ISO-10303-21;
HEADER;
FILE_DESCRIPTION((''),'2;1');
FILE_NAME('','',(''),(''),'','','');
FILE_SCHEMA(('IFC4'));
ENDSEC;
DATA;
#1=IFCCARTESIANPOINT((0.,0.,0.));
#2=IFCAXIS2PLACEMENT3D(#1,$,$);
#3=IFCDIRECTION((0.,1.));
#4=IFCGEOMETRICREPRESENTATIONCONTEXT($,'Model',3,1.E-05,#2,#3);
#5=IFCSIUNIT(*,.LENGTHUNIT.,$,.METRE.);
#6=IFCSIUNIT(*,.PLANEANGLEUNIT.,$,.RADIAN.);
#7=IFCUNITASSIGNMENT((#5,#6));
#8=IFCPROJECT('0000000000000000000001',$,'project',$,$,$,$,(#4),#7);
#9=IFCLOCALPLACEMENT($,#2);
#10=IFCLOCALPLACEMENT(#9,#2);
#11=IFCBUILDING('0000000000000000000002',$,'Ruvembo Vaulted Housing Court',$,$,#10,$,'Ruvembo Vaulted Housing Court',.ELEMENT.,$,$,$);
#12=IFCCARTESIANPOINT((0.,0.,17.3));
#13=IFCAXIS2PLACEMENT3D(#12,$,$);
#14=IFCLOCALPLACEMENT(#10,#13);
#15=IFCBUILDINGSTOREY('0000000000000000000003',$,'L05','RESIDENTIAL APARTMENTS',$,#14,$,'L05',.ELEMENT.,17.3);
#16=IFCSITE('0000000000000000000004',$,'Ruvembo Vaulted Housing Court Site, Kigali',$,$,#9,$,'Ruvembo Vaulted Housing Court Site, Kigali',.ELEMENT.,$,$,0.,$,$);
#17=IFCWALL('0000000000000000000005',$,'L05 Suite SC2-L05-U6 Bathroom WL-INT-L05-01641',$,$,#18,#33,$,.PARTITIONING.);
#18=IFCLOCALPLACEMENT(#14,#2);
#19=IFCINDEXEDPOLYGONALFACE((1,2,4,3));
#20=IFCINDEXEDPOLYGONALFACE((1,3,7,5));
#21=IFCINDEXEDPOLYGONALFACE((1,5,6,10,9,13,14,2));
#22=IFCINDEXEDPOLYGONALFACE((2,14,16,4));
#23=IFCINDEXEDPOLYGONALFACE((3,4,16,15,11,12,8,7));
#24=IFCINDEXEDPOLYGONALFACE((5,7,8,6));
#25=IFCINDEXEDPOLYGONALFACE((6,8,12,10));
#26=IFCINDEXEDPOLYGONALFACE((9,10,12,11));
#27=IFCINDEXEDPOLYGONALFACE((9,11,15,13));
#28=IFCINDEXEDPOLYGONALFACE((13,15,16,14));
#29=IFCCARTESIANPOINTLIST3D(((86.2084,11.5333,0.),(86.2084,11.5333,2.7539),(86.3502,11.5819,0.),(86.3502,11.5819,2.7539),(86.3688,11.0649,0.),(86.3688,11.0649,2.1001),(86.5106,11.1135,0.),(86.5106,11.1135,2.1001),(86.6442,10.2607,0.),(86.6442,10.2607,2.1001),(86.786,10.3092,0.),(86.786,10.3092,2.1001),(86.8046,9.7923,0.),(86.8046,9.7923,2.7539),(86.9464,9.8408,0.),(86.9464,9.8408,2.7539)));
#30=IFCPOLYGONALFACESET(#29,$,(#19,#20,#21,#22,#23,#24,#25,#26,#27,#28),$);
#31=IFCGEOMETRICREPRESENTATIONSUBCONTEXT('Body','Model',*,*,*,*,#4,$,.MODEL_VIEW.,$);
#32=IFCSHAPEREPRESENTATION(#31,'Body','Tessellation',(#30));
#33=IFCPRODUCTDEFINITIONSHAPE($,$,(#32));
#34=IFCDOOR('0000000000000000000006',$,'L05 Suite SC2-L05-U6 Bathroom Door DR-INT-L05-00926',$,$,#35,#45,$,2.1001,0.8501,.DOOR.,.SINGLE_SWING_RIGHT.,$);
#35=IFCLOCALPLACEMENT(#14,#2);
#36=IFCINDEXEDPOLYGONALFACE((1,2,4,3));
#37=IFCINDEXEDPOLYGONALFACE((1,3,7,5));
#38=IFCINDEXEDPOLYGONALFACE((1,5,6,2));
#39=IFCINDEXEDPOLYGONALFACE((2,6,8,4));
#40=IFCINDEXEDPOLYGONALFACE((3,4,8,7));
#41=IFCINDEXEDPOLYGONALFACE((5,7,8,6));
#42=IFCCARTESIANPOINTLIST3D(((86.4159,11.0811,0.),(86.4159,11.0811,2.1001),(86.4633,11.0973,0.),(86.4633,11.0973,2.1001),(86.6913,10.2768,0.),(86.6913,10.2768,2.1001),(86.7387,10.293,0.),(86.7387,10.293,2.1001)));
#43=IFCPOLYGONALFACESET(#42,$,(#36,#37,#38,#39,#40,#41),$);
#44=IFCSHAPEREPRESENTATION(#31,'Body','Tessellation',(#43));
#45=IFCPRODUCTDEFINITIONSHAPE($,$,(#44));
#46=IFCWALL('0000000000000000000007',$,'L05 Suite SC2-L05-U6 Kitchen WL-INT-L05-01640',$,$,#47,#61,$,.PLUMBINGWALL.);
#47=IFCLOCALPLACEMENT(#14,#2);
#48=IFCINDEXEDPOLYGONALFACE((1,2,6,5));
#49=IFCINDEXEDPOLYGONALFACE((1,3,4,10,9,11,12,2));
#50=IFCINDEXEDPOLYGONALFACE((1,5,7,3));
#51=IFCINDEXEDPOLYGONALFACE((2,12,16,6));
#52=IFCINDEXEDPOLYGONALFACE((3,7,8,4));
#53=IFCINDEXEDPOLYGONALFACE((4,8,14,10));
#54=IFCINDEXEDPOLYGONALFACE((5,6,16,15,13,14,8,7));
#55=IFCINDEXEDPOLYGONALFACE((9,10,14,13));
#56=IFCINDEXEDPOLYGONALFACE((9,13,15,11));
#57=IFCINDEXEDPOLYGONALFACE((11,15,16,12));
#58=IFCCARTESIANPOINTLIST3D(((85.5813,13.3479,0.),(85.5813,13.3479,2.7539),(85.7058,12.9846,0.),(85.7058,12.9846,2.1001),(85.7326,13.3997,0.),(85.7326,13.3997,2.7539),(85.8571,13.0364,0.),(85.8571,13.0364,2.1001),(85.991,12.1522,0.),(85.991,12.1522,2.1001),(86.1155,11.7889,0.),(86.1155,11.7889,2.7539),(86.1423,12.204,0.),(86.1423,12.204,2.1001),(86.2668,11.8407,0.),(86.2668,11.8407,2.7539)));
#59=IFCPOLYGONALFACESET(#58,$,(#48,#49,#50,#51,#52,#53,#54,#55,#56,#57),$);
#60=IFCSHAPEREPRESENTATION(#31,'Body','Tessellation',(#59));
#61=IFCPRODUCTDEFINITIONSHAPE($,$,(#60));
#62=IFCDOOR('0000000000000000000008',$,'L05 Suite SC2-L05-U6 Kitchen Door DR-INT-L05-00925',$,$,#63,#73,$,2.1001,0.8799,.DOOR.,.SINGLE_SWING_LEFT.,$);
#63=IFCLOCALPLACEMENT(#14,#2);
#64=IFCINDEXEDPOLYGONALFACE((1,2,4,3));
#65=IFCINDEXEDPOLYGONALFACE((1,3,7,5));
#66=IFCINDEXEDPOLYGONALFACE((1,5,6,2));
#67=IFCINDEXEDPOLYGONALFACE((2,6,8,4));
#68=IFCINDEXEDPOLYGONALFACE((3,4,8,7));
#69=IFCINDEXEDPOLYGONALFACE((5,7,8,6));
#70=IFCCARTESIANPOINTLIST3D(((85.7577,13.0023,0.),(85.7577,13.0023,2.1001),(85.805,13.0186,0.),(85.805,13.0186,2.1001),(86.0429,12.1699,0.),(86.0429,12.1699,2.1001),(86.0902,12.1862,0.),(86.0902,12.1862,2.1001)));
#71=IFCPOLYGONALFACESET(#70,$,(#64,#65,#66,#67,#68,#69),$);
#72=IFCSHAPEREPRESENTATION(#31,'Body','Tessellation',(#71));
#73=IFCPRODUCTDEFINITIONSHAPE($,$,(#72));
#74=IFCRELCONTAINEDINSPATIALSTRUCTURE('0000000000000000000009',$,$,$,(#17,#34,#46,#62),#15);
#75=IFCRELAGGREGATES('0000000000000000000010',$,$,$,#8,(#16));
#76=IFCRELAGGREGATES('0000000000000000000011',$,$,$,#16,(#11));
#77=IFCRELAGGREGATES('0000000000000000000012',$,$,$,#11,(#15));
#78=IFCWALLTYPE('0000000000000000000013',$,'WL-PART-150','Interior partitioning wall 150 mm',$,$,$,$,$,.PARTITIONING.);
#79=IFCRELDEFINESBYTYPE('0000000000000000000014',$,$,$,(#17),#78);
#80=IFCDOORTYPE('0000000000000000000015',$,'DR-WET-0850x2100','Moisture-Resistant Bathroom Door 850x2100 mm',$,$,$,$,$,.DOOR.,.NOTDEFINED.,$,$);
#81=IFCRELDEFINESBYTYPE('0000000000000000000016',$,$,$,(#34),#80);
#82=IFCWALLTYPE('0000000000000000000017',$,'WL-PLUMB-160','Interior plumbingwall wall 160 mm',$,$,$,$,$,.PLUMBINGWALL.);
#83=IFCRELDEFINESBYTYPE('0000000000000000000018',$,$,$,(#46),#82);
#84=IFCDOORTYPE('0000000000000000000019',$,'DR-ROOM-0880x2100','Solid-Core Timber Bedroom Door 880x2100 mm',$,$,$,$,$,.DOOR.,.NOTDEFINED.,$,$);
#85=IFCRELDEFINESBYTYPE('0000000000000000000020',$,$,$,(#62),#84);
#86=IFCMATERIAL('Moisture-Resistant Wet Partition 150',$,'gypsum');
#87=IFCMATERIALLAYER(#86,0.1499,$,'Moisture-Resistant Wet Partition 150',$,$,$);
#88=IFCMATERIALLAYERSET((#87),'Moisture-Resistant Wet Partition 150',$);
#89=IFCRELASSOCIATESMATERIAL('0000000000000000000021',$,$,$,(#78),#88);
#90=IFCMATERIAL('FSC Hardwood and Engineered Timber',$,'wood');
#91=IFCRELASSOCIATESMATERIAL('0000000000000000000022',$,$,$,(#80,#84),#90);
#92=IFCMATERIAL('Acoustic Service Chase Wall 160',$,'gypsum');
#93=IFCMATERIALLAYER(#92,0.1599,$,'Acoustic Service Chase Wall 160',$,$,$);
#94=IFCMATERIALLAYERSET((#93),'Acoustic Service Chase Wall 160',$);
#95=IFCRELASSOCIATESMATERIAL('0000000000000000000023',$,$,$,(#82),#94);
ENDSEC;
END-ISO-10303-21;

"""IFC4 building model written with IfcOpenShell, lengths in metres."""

from ifc_helpers import new_model, si_unit, direction, frame, frame_2d, origin, place, context, subcontext, project, spatial, rectangle, extrude, material, layer, layer_set, type_object, element, fill, save


model = new_model("IFC4")

# Units and contexts
model_context = context("Model", 3, precision=1e-05, world=origin(), true_north=direction((0.0, 1.0)))
body_context = subcontext(model_context, "Body", "Model", "MODEL_VIEW")
ifc_project = project(units=[si_unit("LENGTHUNIT", "METRE"), si_unit("PLANEANGLEUNIT", "RADIAN")], contexts=[model_context])

# Site, building, storey
site_placement = place(None, origin())
site = spatial("IfcSite", under=ifc_project, at=site_placement, Name="Ruvembo Vaulted Housing Court Site, Kigali", LongName="Ruvembo Vaulted Housing Court Site, Kigali", CompositionType="ELEMENT", RefElevation=0.0)
building_placement = place(site_placement, origin())
building = spatial("IfcBuilding", under=site, at=building_placement, Name="Ruvembo Vaulted Housing Court", LongName="Ruvembo Vaulted Housing Court", CompositionType="ELEMENT")
storey_placement = place(building_placement, frame((0.0, 0.0, 17.3)))
storey = spatial("IfcBuildingStorey", under=building, at=storey_placement, Name="L05", Description="RESIDENTIAL APARTMENTS", LongName="L05", CompositionType="ELEMENT", Elevation=17.3)

# Shared definitions
ifc_material_1 = material(Name="FSC Hardwood and Engineered Timber", Category="wood")

# Walls, openings, doors
ifc_material_2 = material(Name="Moisture-Resistant Wet Partition 150", Category="gypsum")
ifc_layer_1 = layer(ifc_material_2, 0.1499, Name="Moisture-Resistant Wet Partition 150")
ifc_layer_set_1 = layer_set([ifc_layer_1], Name="Moisture-Resistant Wet Partition 150")
wall_type_1 = type_object("IfcWallType", Name="WL-PART-150", Description="Interior partitioning wall 150 mm", PredefinedType="PARTITIONING", material=ifc_layer_set_1)
wall_1_placement = place(storey_placement, frame((86.2793, 11.5576, 0.0), z_axis=(0.0, 0.0, 1.0), x_axis=(0.323978, -0.946065, 0.0)))
wall_1 = element("IfcWall", 1, at=wall_1_placement, inside=storey, type_object=wall_type_1, Name="L05 Suite SC2-L05-U6 Bathroom WL-INT-L05-01641", PredefinedType="PARTITIONING", context=body_context, shape_type="SweptSolid", body=[
    extrude(rectangle(XDim=1.8403, YDim=0.1499, at=frame_2d((0.9202, 0.0))), origin(), (0.0, 0.0, 1.0), 2.7539),
])
opening_1_placement = place(wall_1_placement, frame((0.4951, 0.0, 0.0)))
opening_1 = element("IfcOpeningElement", 2, at=opening_1_placement, cuts=wall_1, PredefinedType="OPENING", context=body_context, shape_type="SweptSolid", body=[
    extrude(rectangle(XDim=0.8501, YDim=2.1001, at=frame_2d((0.425, 1.05))), frame((0.0, 0.085, 0.0), z_axis=(0.0, -1.0, 0.0), x_axis=(1.0, 0.0, 0.0)), (0.0, 0.0, 1.0), 0.1699),
])
door_type_1 = type_object("IfcDoorType", Name="DR-WET-0850x2100", Description="Moisture-Resistant Bathroom Door 850x2100 mm", OperationType="NOTDEFINED", PredefinedType="DOOR", material=ifc_material_1)
door_1_placement = place(opening_1_placement, origin())
door_1 = element("IfcDoor", 3, at=door_1_placement, inside=storey, type_object=door_type_1, Name="L05 Suite SC2-L05-U6 Bathroom Door DR-INT-L05-00926", OperationType="SINGLE_SWING_RIGHT", OverallHeight=2.1001, OverallWidth=0.8501, PredefinedType="DOOR", context=body_context, shape_type="SweptSolid", body=[
    extrude(rectangle(XDim=0.8501, YDim=2.1001, at=frame_2d((0.425, 1.05))), frame((0.0, 0.0249, 0.0), z_axis=(0.0, -1.0, 0.0), x_axis=(1.0, 0.0, 0.0)), (0.0, 0.0, 1.0), 0.05),
])
fill(opening_1, door_1)
ifc_material_3 = material(Name="Acoustic Service Chase Wall 160", Category="gypsum")
ifc_layer_2 = layer(ifc_material_3, 0.1599, Name="Acoustic Service Chase Wall 160")
ifc_layer_set_2 = layer_set([ifc_layer_2], Name="Acoustic Service Chase Wall 160")
wall_type_2 = type_object("IfcWallType", Name="WL-PLUMB-160", Description="Interior plumbingwall wall 160 mm", PredefinedType="PLUMBINGWALL", material=ifc_layer_set_2)
wall_2_placement = place(storey_placement, frame((85.657, 13.3738, 0.0), z_axis=(0.0, 0.0, 1.0), x_axis=(0.324127, -0.946013, 0.0)))
wall_2 = element("IfcWall", 4, at=wall_2_placement, inside=storey, type_object=wall_type_2, Name="L05 Suite SC2-L05-U6 Kitchen WL-INT-L05-01640", PredefinedType="PLUMBINGWALL", context=body_context, shape_type="SweptSolid", body=[
    extrude(rectangle(XDim=1.6479, YDim=0.1599, at=frame_2d((0.824, 0.0))), origin(), (0.0, 0.0, 1.0), 2.7539),
])
opening_2_placement = place(wall_2_placement, frame((0.384, 0.0, 0.0)))
opening_2 = element("IfcOpeningElement", 5, at=opening_2_placement, cuts=wall_2, PredefinedType="OPENING", context=body_context, shape_type="SweptSolid", body=[
    extrude(rectangle(XDim=0.8799, YDim=2.1001, at=frame_2d((0.4399, 1.05))), frame((0.0, 0.0898, 0.0), z_axis=(0.0, -1.0, 0.0), x_axis=(1.0, 0.0, 0.0)), (0.0, 0.0, 1.0), 0.1799),
])
door_type_2 = type_object("IfcDoorType", Name="DR-ROOM-0880x2100", Description="Solid-Core Timber Bedroom Door 880x2100 mm", OperationType="NOTDEFINED", PredefinedType="DOOR", material=ifc_material_1)
door_2_placement = place(opening_2_placement, origin())
door_2 = element("IfcDoor", 6, at=door_2_placement, inside=storey, type_object=door_type_2, Name="L05 Suite SC2-L05-U6 Kitchen Door DR-INT-L05-00925", OperationType="SINGLE_SWING_LEFT", OverallHeight=2.1001, OverallWidth=0.8799, PredefinedType="DOOR", context=body_context, shape_type="SweptSolid", body=[
    extrude(rectangle(XDim=0.8799, YDim=2.1001, at=frame_2d((0.4399, 1.05))), frame((0.0, 0.0249, 0.0), z_axis=(0.0, -1.0, 0.0), x_axis=(1.0, 0.0, 0.0)), (0.0, 0.0, 1.0), 0.05),
])
fill(opening_2, door_2)

save(model, "model.ifc")
